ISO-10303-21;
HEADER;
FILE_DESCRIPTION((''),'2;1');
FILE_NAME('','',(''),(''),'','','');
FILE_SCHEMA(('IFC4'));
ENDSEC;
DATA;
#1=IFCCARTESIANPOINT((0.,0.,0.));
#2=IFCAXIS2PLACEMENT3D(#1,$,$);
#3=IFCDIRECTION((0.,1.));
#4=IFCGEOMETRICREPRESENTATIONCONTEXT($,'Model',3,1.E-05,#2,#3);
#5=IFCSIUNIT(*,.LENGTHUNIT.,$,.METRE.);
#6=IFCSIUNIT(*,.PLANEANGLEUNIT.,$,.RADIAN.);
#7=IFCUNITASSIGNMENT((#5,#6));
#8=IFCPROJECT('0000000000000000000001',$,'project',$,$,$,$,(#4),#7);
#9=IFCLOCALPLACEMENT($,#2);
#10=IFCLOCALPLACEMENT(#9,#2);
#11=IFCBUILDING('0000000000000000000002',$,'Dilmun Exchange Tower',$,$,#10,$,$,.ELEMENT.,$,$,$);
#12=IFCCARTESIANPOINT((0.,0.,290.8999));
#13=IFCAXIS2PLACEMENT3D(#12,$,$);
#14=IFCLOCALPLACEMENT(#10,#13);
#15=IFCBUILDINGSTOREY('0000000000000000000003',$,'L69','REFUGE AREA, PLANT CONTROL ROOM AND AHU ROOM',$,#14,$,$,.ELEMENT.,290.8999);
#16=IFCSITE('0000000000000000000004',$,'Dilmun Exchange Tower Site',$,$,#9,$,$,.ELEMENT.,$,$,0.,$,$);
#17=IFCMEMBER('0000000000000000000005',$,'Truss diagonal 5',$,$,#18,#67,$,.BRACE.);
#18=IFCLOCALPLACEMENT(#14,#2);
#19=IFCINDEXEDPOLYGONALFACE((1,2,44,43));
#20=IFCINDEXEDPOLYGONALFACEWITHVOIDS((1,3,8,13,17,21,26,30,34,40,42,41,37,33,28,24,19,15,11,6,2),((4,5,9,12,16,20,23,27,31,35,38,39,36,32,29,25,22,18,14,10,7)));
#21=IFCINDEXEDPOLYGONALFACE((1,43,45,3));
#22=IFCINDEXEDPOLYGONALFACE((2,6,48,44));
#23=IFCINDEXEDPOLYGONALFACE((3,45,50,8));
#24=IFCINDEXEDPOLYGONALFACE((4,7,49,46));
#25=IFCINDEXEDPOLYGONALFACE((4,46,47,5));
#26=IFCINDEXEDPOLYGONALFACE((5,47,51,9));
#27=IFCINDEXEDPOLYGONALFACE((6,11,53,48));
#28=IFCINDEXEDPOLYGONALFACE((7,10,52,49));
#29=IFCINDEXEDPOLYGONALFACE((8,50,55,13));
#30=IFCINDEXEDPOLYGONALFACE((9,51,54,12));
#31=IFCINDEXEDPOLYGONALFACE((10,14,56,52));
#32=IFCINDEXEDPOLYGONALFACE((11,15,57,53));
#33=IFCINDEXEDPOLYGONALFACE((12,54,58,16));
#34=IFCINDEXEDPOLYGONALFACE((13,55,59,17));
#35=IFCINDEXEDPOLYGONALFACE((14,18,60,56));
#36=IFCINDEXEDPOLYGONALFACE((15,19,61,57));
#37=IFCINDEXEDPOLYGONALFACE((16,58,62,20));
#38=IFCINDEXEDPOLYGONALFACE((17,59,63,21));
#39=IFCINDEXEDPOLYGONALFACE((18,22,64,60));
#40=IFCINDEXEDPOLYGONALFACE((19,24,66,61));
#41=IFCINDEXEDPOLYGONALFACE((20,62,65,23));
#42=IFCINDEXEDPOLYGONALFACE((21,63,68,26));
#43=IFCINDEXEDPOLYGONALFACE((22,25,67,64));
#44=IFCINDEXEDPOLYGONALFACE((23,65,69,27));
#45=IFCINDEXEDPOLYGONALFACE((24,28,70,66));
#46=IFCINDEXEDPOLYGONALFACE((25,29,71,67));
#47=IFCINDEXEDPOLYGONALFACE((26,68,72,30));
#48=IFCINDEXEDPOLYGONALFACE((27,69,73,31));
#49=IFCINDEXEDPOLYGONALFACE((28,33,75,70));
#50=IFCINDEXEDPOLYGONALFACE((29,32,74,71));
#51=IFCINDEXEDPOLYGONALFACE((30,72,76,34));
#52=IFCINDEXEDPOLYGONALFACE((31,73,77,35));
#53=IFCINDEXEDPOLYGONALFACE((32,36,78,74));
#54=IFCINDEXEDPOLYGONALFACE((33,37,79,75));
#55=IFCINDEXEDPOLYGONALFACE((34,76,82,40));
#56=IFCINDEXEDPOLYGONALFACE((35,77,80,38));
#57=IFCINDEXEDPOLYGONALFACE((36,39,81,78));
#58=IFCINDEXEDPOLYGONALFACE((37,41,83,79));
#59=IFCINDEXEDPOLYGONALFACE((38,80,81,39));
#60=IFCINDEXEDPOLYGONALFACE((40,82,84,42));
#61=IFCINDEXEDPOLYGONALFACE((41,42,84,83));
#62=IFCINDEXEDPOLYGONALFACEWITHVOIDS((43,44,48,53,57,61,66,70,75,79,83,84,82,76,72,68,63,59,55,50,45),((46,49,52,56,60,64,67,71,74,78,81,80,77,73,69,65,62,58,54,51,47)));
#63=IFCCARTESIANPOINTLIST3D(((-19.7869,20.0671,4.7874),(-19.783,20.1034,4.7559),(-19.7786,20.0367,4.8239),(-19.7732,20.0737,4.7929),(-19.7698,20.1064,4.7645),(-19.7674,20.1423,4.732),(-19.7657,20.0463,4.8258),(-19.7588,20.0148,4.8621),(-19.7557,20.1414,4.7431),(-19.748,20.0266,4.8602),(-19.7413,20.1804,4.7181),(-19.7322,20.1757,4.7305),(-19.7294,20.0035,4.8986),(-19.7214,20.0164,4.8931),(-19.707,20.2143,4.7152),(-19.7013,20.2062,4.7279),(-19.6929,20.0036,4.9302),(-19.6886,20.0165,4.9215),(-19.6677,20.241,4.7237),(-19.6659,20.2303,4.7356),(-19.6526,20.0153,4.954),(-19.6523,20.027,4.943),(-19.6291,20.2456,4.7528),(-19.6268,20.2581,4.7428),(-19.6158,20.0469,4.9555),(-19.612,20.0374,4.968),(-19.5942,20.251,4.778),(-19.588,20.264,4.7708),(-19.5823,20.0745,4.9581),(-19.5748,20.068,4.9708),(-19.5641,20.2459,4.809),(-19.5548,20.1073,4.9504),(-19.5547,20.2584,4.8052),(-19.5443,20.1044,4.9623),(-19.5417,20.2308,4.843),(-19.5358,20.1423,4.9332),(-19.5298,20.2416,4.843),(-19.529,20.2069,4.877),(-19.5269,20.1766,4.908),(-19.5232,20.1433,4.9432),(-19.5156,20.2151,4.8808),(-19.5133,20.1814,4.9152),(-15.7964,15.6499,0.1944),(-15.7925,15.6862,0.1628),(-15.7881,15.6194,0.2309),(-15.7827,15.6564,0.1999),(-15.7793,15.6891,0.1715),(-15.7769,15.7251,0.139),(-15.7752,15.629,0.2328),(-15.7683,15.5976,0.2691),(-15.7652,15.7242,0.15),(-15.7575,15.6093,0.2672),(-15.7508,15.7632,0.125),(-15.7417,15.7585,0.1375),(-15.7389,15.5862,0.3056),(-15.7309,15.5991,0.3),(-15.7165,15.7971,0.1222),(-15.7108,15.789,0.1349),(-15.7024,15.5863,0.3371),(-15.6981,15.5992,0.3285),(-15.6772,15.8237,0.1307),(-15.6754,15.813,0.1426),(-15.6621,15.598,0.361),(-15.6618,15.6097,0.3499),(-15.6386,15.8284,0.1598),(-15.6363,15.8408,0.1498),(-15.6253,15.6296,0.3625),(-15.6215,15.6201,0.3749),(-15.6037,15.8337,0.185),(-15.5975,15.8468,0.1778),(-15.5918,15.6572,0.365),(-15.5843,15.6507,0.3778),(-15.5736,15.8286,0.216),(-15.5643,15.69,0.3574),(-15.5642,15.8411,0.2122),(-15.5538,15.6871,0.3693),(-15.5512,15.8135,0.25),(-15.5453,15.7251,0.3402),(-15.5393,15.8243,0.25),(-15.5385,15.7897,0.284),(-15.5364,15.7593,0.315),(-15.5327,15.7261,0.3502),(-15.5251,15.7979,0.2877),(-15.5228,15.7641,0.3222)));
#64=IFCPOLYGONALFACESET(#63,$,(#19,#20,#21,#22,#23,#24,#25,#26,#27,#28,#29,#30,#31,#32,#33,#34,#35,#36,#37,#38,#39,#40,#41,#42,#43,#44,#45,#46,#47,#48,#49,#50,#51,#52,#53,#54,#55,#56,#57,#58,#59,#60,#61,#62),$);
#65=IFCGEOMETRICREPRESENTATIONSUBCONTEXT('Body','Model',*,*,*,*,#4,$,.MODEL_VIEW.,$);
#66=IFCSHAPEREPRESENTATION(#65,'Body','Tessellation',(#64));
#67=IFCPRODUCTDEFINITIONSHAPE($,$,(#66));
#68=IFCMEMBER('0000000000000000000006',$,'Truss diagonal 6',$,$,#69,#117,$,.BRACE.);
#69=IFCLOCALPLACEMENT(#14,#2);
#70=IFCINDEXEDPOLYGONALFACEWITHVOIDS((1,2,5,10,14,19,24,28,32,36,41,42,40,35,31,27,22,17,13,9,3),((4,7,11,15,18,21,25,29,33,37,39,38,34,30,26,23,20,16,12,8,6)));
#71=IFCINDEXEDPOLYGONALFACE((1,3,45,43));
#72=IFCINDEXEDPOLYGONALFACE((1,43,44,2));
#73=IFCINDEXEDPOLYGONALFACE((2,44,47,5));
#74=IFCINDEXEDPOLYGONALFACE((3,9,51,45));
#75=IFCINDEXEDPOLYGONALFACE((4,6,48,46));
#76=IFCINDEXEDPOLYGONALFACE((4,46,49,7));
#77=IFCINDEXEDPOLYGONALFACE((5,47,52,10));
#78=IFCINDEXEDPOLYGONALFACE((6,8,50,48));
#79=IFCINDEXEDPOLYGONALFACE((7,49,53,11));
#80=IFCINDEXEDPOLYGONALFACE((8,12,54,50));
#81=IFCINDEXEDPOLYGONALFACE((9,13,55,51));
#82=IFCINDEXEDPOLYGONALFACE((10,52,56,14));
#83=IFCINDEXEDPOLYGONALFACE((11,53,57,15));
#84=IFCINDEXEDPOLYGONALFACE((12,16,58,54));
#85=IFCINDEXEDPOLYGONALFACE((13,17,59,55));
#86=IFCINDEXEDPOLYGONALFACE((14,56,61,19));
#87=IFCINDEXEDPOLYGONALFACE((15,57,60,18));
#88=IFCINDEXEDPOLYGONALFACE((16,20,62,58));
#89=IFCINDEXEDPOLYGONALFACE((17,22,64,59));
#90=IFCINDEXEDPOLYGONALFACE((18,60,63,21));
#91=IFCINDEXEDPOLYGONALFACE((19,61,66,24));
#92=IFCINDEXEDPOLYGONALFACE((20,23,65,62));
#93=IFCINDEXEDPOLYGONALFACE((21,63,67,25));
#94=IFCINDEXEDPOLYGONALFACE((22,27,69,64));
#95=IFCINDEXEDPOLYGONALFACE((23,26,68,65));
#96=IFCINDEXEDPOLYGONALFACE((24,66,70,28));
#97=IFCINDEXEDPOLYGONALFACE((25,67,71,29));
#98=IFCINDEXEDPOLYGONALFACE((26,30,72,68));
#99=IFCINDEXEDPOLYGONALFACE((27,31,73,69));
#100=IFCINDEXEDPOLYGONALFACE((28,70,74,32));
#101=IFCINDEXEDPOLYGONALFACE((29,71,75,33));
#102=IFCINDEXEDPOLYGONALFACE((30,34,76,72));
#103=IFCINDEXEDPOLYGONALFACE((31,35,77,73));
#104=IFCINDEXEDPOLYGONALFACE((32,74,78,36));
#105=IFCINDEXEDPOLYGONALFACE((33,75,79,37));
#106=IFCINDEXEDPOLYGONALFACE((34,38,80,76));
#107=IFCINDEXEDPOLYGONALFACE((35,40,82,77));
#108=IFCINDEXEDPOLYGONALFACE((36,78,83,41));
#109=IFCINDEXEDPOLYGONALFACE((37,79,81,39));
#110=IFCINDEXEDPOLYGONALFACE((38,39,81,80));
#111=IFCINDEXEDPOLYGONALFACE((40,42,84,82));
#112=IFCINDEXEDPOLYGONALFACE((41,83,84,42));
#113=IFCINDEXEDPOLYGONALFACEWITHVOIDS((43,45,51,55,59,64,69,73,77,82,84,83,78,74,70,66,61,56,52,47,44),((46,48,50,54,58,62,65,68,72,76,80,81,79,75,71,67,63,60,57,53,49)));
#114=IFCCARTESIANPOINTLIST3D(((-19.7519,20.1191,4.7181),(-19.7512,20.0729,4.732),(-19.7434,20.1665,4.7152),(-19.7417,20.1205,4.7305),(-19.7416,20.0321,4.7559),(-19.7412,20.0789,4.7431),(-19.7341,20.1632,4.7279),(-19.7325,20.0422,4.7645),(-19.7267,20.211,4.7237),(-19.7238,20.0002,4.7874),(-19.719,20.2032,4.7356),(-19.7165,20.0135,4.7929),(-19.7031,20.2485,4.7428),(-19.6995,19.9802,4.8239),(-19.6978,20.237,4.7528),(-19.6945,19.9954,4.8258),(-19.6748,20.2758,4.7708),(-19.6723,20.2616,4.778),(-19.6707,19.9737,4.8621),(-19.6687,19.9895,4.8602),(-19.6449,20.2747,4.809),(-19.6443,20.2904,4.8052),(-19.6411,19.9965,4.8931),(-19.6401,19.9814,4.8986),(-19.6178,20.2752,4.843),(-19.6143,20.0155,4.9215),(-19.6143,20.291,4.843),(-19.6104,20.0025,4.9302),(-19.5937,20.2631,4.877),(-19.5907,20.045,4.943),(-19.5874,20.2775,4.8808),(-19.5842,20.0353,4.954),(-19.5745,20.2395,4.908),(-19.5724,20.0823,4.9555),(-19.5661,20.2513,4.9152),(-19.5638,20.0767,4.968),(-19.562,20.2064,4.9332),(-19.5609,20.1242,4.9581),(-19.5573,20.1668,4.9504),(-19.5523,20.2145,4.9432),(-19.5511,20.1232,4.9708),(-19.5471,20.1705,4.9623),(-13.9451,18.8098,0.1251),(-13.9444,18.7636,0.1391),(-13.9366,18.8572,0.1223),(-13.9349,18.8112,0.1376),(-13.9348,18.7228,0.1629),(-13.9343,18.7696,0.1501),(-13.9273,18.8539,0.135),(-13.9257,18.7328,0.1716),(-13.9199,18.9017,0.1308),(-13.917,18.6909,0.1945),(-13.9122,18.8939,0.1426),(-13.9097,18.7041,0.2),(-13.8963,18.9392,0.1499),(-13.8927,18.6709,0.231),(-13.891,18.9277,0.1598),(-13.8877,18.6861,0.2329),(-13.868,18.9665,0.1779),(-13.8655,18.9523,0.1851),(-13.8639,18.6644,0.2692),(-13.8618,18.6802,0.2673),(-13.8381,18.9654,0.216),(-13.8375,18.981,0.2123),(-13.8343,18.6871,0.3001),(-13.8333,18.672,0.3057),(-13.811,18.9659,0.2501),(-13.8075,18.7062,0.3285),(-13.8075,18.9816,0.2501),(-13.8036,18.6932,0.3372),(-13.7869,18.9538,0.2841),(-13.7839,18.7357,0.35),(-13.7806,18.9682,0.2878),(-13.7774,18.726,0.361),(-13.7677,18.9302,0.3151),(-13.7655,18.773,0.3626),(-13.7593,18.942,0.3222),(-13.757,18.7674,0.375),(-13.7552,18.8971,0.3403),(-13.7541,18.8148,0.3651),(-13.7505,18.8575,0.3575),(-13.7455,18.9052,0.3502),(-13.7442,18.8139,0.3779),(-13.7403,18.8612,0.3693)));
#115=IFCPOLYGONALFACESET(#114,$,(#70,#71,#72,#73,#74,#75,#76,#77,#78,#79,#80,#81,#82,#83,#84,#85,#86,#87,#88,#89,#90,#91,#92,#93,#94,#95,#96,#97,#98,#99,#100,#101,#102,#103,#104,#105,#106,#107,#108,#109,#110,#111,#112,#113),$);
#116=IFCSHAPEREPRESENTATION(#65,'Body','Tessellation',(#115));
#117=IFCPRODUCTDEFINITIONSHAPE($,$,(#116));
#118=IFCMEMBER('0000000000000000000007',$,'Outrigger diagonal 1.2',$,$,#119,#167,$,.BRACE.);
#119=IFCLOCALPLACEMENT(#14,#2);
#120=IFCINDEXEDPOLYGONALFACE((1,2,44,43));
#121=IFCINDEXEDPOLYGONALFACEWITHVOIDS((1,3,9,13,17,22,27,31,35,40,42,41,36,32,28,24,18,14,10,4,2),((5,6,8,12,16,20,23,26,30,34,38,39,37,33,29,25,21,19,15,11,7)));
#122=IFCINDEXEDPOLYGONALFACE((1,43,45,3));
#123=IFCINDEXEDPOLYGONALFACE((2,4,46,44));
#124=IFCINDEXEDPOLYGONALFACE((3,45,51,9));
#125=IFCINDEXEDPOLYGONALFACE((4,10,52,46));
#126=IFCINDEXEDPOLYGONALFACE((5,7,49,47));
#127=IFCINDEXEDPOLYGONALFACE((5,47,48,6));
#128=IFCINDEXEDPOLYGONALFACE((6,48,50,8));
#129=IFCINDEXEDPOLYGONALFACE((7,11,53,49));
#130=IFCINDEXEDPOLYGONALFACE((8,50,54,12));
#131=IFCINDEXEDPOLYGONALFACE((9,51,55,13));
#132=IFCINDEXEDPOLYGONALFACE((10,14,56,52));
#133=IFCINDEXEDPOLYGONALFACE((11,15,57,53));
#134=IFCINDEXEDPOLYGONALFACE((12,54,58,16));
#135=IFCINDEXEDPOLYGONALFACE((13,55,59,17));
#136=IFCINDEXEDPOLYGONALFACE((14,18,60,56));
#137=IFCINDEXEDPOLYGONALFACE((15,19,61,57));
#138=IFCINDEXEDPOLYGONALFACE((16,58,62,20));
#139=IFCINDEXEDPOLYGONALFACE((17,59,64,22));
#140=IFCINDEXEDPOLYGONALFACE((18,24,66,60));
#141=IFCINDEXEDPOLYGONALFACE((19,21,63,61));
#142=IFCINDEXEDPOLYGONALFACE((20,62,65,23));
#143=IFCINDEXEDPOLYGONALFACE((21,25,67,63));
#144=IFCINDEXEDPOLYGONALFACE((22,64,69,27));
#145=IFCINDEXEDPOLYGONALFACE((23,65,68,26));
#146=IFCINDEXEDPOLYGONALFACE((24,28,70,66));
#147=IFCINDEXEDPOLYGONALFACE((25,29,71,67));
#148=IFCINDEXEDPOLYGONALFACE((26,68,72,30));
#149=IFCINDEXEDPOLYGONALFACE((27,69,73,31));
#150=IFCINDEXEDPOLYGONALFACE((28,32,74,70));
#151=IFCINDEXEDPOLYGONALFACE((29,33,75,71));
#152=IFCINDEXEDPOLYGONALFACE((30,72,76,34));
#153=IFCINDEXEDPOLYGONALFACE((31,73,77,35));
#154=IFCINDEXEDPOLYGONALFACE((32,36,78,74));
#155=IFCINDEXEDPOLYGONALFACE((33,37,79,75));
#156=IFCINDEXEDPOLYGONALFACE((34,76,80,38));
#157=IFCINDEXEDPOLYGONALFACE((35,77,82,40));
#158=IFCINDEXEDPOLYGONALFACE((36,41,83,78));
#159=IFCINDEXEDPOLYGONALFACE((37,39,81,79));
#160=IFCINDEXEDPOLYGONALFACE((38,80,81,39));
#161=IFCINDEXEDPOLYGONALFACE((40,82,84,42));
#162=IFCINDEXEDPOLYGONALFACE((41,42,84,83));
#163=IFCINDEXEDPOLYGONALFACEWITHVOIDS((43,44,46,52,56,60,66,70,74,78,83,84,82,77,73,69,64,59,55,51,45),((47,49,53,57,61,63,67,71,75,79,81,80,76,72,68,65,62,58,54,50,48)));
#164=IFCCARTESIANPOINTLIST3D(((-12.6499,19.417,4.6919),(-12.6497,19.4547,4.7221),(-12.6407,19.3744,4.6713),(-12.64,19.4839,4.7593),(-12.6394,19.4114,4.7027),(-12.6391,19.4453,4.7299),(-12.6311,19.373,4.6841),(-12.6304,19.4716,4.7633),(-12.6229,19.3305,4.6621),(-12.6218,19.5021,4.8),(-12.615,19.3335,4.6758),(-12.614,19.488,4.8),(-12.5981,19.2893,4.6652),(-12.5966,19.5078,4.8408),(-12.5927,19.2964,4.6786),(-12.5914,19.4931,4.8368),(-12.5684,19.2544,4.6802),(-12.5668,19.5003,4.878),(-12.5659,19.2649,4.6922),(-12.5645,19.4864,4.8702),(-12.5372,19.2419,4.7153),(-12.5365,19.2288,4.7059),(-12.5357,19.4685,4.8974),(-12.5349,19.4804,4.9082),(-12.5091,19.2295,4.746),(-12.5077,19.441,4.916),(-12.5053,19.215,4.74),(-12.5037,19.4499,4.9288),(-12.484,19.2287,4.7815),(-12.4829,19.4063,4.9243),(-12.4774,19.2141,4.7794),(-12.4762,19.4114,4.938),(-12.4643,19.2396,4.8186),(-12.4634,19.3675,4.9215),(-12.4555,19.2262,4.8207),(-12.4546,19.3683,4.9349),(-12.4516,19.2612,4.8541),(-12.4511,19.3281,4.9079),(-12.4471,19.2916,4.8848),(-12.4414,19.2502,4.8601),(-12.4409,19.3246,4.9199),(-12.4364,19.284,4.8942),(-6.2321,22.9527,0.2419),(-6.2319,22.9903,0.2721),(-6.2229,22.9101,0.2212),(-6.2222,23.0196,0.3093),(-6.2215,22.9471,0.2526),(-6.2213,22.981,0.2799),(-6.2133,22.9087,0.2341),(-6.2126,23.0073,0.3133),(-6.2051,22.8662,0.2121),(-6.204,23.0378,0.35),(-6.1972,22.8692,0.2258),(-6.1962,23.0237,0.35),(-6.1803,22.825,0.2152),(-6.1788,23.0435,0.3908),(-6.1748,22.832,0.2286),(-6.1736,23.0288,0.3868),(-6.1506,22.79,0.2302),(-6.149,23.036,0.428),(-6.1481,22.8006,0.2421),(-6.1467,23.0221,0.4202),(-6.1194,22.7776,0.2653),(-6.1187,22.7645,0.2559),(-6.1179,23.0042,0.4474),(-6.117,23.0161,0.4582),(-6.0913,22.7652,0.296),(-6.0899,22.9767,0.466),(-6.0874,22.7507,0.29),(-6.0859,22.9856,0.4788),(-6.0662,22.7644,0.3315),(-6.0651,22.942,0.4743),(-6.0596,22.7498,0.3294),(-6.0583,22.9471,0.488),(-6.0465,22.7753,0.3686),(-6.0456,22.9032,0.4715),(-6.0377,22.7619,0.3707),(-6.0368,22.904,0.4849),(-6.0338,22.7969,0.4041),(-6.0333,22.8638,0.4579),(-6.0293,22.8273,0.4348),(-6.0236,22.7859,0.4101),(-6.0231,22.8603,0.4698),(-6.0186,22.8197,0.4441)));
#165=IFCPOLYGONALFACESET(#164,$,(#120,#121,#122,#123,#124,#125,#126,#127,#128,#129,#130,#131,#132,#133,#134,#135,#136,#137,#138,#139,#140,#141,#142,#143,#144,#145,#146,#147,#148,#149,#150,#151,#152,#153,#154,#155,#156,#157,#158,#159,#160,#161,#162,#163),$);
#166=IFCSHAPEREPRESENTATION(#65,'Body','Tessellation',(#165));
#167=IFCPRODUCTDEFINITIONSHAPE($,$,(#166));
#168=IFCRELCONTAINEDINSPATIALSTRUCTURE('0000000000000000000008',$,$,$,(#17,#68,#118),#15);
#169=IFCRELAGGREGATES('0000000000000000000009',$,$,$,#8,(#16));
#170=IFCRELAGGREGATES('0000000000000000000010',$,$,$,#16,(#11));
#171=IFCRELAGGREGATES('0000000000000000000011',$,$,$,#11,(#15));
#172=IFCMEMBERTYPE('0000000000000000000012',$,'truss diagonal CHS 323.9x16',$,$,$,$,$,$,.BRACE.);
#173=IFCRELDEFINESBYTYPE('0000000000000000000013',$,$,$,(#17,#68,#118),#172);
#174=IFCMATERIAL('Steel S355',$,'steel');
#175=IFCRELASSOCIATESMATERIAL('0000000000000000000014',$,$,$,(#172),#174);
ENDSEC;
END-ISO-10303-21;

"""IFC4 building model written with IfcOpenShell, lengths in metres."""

from ifc_helpers import new_model, si_unit, direction, frame, origin, origin_2d, place, context, subcontext, project, spatial, hollow_circle, extrude, material, material_profile, profile_set, type_object, element, save


model = new_model("IFC4")

# Units and contexts
model_context = context("Model", 3, precision=1e-05, world=origin(), true_north=direction((0.0, 1.0)))
body_context = subcontext(model_context, "Body", "Model", "MODEL_VIEW")
ifc_project = project(units=[si_unit("LENGTHUNIT", "METRE"), si_unit("PLANEANGLEUNIT", "RADIAN")], contexts=[model_context])

# Site, building, storey
site_placement = place(None, origin())
site = spatial("IfcSite", under=ifc_project, at=site_placement, Name="Dilmun Exchange Tower Site", CompositionType="ELEMENT", RefElevation=0.0)
building_placement = place(site_placement, origin())
building = spatial("IfcBuilding", under=site, at=building_placement, Name="Dilmun Exchange Tower", CompositionType="ELEMENT")
storey_placement = place(building_placement, frame((0.0, 0.0, 290.8999)))
storey = spatial("IfcBuildingStorey", under=building, at=storey_placement, Name="L69", Description="REFUGE AREA, PLANT CONTROL ROOM AND AHU ROOM", CompositionType="ELEMENT", Elevation=290.8999)

# Shared definitions
ifc_material_1 = material(Name="Steel S355", Category="steel")

# Members
ifc_material_profile_1 = material_profile(ifc_material_1, hollow_circle(Radius=0.1619, WallThickness=0.0161, at=origin_2d()), Name="CHS 323.9x16")
ifc_profile_set_1 = profile_set([ifc_material_profile_1], Name="Steel S355")
member_type_1 = type_object("IfcMemberType", Name="truss diagonal CHS 323.9x16", PredefinedType="BRACE", material=ifc_profile_set_1)
member_1_placement = place(storey_placement, frame((-19.6499, 20.1331, 4.843), z_axis=(0.530736, -0.587496, -0.610875), x_axis=(0.742043, 0.670353, 0.0)))
element("IfcMember", 1, at=member_1_placement, inside=storey, type_object=member_type_1, Name="Truss diagonal 5", PredefinedType="BRACE", context=body_context, shape_type="SweptSolid", body=[
    extrude(hollow_circle(Radius=0.1619, WallThickness=0.0161, at=origin_2d()), origin(), (0.0, 0.0, 1.0), 7.5188),
])
member_2_placement = place(storey_placement, frame((-19.6499, 20.1331, 4.843), z_axis=(0.772331, -0.174144, -0.610884), x_axis=(0.219956, 0.97551, 0.0)))
element("IfcMember", 2, at=member_2_placement, inside=storey, type_object=member_type_1, Name="Truss diagonal 6", PredefinedType="BRACE", context=body_context, shape_type="SweptSolid", body=[
    extrude(hollow_circle(Radius=0.1619, WallThickness=0.0161, at=origin_2d()), origin(), (0.0, 0.0, 1.0), 7.5186),
])
member_3_placement = place(storey_placement, frame((-12.5437, 19.3604, 4.8), z_axis=(0.748629, 0.412434, -0.519088), x_axis=(-0.482536, 0.875876, 0.0)))
element("IfcMember", 3, at=member_3_placement, inside=storey, type_object=member_type_1, Name="Outrigger diagonal 1.2", PredefinedType="BRACE", context=body_context, shape_type="SweptSolid", body=[
    extrude(hollow_circle(Radius=0.1619, WallThickness=0.0161, at=origin_2d()), origin(), (0.0, 0.0, 1.0), 8.5728),
])

save(model, "model.ifc")
